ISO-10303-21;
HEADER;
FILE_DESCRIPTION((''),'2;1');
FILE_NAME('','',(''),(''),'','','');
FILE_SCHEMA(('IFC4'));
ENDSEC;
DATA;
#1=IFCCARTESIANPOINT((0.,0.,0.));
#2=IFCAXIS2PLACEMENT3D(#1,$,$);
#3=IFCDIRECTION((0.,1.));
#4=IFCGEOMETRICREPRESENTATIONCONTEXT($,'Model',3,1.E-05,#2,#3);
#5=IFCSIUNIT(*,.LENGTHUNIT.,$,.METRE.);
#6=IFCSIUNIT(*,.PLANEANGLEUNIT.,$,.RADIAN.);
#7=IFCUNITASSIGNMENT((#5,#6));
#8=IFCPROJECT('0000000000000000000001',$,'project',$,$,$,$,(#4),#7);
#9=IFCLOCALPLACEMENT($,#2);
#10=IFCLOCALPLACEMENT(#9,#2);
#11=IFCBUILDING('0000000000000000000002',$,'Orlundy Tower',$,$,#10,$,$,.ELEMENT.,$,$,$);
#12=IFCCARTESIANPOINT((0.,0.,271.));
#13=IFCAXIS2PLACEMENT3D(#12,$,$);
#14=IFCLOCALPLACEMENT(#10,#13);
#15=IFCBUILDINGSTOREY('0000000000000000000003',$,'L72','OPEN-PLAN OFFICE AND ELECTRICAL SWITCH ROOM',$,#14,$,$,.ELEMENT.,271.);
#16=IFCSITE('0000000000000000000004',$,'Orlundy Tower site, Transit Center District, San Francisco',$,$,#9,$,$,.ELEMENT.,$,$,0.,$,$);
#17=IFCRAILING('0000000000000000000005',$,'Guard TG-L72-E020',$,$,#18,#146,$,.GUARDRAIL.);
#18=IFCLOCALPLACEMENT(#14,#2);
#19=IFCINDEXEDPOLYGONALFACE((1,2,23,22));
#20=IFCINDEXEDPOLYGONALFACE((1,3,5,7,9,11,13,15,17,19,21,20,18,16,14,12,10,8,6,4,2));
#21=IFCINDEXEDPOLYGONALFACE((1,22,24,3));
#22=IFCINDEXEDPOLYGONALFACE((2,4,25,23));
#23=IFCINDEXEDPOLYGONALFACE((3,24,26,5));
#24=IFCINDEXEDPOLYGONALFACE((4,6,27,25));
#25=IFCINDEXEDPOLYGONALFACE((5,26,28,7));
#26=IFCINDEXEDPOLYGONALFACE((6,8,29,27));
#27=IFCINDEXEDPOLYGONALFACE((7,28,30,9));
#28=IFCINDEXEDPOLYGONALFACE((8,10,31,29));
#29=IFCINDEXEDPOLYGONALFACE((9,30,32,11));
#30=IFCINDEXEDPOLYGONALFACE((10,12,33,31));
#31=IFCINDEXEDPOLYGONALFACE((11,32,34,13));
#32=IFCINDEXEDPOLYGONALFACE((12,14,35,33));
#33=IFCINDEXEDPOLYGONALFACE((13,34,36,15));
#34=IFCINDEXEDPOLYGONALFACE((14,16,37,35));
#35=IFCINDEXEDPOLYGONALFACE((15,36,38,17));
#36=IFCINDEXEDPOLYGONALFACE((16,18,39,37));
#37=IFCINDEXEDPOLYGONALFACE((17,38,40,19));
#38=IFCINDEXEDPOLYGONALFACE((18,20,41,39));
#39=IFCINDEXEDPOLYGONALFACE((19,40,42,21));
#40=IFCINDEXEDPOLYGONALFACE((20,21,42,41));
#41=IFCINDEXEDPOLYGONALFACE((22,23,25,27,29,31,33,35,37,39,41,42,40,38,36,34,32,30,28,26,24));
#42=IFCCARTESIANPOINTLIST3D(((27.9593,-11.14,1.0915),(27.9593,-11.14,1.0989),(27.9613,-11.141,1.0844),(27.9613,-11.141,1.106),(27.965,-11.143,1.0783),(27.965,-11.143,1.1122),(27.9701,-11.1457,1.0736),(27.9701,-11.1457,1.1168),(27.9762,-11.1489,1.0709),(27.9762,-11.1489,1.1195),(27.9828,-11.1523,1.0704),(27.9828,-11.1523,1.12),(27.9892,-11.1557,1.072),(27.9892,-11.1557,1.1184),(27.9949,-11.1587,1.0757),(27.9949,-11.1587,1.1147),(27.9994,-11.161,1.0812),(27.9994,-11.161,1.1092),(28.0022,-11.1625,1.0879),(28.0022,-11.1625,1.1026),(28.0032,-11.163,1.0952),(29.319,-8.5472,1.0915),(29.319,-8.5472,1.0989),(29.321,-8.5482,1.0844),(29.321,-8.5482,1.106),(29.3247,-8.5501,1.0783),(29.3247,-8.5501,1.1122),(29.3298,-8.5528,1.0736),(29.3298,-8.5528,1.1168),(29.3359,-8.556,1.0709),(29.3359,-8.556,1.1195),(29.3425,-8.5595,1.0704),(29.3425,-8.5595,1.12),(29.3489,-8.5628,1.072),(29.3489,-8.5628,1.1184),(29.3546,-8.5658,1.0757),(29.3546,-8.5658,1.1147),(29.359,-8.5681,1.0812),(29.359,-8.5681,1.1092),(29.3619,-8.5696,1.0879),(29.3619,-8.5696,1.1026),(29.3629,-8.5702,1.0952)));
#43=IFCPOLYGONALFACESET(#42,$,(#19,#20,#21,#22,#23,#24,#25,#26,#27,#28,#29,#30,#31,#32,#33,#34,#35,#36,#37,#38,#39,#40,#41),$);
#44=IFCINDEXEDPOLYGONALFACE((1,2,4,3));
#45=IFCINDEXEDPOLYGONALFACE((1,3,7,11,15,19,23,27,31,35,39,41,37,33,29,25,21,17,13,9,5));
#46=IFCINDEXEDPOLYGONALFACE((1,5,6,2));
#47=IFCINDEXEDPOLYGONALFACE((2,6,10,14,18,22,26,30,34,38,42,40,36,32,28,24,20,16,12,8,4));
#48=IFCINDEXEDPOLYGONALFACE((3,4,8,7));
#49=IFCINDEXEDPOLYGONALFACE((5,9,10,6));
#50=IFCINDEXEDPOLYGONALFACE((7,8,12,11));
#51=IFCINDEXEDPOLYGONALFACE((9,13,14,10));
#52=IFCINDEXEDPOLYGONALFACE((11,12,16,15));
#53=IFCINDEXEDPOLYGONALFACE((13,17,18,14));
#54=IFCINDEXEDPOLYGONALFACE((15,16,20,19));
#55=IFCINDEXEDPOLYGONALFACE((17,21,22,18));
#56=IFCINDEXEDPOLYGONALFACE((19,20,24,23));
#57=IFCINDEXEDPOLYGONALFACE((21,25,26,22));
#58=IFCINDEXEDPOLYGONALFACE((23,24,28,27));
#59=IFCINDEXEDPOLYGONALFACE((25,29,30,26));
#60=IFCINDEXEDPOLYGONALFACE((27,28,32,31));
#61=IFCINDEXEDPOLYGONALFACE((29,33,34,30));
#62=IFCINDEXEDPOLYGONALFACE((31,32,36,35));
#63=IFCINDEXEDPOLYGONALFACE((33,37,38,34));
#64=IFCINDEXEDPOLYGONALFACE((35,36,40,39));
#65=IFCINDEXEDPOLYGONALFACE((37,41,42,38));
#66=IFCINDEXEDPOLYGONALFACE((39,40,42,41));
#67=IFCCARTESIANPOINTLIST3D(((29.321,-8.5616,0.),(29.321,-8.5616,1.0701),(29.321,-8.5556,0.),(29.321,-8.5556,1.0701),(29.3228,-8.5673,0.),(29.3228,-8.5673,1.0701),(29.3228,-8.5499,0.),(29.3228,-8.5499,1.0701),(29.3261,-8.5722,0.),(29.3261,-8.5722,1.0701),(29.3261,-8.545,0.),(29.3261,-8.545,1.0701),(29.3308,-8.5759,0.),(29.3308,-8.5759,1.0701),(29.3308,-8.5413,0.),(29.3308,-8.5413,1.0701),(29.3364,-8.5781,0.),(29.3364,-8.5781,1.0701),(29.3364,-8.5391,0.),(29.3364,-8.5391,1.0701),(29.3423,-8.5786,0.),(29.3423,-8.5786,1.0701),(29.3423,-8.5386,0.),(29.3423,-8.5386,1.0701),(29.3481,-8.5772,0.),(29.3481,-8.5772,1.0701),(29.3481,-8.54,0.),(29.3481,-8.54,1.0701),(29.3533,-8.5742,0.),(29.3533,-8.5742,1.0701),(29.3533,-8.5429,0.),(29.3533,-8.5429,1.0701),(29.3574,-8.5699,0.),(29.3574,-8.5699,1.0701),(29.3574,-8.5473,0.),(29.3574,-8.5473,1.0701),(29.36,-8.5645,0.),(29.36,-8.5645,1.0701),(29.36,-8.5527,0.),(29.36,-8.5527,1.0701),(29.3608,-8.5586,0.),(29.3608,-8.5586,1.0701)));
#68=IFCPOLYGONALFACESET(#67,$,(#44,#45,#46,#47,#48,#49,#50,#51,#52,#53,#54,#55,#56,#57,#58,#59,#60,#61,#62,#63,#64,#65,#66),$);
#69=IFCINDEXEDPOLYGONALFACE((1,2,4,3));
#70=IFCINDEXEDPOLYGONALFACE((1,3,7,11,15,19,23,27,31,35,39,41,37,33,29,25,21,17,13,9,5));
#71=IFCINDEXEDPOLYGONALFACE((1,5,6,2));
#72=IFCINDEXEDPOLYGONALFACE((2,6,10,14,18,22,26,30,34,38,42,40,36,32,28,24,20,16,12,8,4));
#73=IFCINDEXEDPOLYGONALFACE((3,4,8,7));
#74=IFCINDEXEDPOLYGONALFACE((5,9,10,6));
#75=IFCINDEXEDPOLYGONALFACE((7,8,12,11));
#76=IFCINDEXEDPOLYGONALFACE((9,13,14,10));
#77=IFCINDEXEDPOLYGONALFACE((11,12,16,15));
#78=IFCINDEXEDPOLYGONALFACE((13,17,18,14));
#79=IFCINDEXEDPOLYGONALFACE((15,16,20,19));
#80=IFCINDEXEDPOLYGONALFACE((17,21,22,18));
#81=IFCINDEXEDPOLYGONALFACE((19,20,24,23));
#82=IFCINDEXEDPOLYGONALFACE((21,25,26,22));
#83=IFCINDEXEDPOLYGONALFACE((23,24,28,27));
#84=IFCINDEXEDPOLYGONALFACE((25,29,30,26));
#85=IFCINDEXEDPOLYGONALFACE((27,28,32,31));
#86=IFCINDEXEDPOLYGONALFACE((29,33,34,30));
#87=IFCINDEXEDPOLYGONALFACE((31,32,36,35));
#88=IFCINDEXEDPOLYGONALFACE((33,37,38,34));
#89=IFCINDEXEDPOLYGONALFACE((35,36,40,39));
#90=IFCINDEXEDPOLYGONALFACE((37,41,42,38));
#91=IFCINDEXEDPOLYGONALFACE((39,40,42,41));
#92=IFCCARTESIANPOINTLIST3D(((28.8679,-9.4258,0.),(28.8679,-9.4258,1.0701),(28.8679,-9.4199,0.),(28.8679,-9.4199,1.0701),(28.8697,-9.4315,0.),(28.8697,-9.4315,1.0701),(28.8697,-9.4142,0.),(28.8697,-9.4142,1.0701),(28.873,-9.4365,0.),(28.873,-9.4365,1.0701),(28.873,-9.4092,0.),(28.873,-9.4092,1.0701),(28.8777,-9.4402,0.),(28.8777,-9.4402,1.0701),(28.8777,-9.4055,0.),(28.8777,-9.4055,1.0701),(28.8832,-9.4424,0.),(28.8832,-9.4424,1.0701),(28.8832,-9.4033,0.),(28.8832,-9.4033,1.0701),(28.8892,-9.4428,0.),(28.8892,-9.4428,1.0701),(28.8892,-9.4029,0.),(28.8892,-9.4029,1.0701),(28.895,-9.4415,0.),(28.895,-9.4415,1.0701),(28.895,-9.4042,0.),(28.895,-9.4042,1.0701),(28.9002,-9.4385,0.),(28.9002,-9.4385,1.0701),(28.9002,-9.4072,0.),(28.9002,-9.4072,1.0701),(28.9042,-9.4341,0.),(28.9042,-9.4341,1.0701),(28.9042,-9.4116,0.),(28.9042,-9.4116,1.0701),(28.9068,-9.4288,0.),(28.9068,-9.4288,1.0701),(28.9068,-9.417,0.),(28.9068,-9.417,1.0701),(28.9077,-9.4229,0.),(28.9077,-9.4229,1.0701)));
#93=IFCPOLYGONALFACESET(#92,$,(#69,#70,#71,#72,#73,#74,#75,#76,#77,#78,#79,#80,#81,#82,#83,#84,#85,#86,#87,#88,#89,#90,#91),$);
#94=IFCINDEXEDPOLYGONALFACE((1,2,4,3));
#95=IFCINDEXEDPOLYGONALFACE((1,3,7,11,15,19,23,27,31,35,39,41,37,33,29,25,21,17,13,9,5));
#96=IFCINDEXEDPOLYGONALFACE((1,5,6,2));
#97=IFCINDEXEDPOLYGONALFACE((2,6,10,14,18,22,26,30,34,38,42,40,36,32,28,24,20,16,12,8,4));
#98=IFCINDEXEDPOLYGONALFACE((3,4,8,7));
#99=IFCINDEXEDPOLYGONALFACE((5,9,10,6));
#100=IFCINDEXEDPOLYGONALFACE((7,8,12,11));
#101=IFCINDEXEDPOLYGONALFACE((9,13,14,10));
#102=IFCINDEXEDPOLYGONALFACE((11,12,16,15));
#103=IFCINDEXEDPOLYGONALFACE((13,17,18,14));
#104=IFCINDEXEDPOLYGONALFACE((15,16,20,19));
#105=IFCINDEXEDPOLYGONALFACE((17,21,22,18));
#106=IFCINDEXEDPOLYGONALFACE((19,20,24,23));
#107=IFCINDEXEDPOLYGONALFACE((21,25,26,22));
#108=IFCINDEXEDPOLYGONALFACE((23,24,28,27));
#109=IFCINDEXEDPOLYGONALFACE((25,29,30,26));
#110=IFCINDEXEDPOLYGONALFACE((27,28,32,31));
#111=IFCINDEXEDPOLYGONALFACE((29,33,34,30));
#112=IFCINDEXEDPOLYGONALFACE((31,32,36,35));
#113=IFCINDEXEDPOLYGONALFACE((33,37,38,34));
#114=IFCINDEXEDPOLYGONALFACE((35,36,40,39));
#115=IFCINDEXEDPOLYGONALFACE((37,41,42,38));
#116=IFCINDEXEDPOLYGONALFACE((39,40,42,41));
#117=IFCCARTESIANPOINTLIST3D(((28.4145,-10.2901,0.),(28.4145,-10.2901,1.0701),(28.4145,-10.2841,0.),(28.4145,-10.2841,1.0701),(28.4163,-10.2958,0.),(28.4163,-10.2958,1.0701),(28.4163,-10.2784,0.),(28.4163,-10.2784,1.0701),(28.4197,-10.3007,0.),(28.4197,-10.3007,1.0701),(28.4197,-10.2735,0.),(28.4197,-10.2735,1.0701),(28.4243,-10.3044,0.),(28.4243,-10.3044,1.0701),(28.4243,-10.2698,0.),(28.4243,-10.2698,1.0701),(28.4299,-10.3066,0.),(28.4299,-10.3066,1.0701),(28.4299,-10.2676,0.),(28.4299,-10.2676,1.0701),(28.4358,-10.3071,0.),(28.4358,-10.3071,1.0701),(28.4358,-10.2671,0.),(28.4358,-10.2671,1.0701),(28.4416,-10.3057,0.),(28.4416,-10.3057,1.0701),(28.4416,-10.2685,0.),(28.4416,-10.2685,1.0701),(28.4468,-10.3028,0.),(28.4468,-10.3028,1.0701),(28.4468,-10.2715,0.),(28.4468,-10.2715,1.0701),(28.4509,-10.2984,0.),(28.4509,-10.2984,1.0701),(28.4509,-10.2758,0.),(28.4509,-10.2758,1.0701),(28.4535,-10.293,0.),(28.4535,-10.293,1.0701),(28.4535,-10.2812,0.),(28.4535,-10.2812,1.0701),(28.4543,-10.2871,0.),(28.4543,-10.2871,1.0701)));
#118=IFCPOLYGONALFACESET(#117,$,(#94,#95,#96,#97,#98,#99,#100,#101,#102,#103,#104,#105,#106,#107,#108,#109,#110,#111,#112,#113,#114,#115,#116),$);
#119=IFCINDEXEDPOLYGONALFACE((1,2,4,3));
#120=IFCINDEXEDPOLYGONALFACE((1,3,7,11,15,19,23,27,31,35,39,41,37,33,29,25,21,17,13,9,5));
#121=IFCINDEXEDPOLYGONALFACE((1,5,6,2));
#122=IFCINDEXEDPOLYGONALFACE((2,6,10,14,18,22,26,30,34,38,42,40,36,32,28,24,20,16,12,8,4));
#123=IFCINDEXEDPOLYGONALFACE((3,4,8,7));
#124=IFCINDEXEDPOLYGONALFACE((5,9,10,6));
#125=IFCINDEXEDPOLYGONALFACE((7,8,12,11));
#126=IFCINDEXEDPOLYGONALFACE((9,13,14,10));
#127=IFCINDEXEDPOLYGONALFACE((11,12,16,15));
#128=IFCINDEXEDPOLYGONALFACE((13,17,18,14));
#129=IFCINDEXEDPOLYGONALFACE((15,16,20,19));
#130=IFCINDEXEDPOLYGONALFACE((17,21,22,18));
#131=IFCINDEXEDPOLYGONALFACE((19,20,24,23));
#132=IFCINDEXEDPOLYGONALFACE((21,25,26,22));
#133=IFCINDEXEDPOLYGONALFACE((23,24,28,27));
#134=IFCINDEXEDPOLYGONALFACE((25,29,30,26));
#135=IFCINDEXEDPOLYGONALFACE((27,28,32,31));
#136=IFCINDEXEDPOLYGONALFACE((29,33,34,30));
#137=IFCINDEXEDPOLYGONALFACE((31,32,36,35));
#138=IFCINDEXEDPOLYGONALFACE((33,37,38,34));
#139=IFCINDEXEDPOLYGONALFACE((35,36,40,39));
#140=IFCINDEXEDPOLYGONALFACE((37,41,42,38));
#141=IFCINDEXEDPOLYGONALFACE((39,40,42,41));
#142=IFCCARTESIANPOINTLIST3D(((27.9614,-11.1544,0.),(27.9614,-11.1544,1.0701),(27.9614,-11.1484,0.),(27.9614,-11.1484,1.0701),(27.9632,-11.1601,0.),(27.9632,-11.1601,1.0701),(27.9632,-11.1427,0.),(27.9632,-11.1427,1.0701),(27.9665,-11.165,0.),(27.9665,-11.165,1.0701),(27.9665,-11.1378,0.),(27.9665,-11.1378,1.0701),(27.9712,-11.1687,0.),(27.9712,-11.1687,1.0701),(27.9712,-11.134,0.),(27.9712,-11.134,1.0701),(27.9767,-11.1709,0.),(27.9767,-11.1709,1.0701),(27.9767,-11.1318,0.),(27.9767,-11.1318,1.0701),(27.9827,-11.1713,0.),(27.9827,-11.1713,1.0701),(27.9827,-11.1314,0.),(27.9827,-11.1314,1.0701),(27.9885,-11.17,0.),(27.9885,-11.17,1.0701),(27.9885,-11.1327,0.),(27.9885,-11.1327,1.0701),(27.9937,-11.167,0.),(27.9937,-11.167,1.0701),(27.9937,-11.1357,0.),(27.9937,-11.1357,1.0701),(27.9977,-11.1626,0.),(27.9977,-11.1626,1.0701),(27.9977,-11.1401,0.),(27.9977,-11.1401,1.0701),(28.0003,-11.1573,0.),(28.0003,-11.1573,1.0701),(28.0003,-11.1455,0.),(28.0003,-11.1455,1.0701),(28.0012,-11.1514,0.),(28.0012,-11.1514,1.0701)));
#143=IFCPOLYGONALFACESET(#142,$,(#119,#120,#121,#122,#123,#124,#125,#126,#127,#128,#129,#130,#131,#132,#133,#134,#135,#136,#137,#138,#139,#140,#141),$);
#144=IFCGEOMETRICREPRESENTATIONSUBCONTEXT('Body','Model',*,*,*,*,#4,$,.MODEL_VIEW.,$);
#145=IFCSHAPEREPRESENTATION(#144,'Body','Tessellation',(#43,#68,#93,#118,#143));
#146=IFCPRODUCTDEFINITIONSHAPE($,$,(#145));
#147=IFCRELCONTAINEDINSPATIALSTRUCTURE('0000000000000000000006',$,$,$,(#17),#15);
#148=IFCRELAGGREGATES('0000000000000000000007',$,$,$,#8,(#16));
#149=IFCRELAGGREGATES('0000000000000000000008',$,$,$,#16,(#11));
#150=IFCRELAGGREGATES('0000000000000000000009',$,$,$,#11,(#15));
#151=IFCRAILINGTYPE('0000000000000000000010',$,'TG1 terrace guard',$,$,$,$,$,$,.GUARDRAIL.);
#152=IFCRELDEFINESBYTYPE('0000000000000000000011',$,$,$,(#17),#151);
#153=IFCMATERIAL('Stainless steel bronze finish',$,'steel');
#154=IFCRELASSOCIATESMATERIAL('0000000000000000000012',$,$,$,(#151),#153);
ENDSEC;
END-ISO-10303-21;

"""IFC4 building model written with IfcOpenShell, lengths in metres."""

from ifc_helpers import new_model, si_unit, direction, frame, origin, origin_2d, place, context, subcontext, project, spatial, circle, extrude, material, type_object, element, save


model = new_model("IFC4")

# Units and contexts
model_context = context("Model", 3, precision=1e-05, world=origin(), true_north=direction((0.0, 1.0)))
body_context = subcontext(model_context, "Body", "Model", "MODEL_VIEW")
ifc_project = project(units=[si_unit("LENGTHUNIT", "METRE"), si_unit("PLANEANGLEUNIT", "RADIAN")], contexts=[model_context])

# Site, building, storey
site_placement = place(None, origin())
site = spatial("IfcSite", under=ifc_project, at=site_placement, Name="Orlundy Tower site, Transit Center District, San Francisco", CompositionType="ELEMENT", RefElevation=0.0)
building_placement = place(site_placement, origin())
building = spatial("IfcBuilding", under=site, at=building_placement, Name="Orlundy Tower", CompositionType="ELEMENT")
storey_placement = place(building_placement, frame((0.0, 0.0, 271.0)))
storey = spatial("IfcBuildingStorey", under=building, at=storey_placement, Name="L72", Description="OPEN-PLAN OFFICE AND ELECTRICAL SWITCH ROOM", CompositionType="ELEMENT", Elevation=271.0)

# Railing
ifc_material_1 = material(Name="Stainless steel bronze finish", Category="steel")
railing_type_1 = type_object("IfcRailingType", Name="TG1 terrace guard", PredefinedType="GUARDRAIL", material=ifc_material_1)
railing_1_placement = place(storey_placement, frame((29.3408, -8.5586, 0.0)))
element("IfcRailing", 1, at=railing_1_placement, inside=storey, type_object=railing_type_1, Name="Guard TG-L72-E020", PredefinedType="GUARDRAIL", context=body_context, shape_type="SweptSolid", body=[
    extrude(circle(Radius=0.0249, at=origin_2d()), frame((0.0, 0.0, 1.0952), z_axis=(-0.464409, -0.885621, 0.0), x_axis=(0.885621, -0.464409, 0.0)), (0.0, 0.0, 1.0), 2.9277),
    extrude(circle(Radius=0.02, at=origin_2d()), origin(), (0.0, 0.0, 1.0), 1.0701),
    extrude(circle(Radius=0.02, at=origin_2d()), frame((-0.4531, -0.8643, 0.0)), (0.0, 0.0, 1.0), 1.0701),
    extrude(circle(Radius=0.02, at=origin_2d()), frame((-0.9065, -1.7285, 0.0)), (0.0, 0.0, 1.0), 1.0701),
    extrude(circle(Radius=0.02, at=origin_2d()), frame((-1.3596, -2.5928, 0.0)), (0.0, 0.0, 1.0), 1.0701),
])

save(model, "model.ifc")
